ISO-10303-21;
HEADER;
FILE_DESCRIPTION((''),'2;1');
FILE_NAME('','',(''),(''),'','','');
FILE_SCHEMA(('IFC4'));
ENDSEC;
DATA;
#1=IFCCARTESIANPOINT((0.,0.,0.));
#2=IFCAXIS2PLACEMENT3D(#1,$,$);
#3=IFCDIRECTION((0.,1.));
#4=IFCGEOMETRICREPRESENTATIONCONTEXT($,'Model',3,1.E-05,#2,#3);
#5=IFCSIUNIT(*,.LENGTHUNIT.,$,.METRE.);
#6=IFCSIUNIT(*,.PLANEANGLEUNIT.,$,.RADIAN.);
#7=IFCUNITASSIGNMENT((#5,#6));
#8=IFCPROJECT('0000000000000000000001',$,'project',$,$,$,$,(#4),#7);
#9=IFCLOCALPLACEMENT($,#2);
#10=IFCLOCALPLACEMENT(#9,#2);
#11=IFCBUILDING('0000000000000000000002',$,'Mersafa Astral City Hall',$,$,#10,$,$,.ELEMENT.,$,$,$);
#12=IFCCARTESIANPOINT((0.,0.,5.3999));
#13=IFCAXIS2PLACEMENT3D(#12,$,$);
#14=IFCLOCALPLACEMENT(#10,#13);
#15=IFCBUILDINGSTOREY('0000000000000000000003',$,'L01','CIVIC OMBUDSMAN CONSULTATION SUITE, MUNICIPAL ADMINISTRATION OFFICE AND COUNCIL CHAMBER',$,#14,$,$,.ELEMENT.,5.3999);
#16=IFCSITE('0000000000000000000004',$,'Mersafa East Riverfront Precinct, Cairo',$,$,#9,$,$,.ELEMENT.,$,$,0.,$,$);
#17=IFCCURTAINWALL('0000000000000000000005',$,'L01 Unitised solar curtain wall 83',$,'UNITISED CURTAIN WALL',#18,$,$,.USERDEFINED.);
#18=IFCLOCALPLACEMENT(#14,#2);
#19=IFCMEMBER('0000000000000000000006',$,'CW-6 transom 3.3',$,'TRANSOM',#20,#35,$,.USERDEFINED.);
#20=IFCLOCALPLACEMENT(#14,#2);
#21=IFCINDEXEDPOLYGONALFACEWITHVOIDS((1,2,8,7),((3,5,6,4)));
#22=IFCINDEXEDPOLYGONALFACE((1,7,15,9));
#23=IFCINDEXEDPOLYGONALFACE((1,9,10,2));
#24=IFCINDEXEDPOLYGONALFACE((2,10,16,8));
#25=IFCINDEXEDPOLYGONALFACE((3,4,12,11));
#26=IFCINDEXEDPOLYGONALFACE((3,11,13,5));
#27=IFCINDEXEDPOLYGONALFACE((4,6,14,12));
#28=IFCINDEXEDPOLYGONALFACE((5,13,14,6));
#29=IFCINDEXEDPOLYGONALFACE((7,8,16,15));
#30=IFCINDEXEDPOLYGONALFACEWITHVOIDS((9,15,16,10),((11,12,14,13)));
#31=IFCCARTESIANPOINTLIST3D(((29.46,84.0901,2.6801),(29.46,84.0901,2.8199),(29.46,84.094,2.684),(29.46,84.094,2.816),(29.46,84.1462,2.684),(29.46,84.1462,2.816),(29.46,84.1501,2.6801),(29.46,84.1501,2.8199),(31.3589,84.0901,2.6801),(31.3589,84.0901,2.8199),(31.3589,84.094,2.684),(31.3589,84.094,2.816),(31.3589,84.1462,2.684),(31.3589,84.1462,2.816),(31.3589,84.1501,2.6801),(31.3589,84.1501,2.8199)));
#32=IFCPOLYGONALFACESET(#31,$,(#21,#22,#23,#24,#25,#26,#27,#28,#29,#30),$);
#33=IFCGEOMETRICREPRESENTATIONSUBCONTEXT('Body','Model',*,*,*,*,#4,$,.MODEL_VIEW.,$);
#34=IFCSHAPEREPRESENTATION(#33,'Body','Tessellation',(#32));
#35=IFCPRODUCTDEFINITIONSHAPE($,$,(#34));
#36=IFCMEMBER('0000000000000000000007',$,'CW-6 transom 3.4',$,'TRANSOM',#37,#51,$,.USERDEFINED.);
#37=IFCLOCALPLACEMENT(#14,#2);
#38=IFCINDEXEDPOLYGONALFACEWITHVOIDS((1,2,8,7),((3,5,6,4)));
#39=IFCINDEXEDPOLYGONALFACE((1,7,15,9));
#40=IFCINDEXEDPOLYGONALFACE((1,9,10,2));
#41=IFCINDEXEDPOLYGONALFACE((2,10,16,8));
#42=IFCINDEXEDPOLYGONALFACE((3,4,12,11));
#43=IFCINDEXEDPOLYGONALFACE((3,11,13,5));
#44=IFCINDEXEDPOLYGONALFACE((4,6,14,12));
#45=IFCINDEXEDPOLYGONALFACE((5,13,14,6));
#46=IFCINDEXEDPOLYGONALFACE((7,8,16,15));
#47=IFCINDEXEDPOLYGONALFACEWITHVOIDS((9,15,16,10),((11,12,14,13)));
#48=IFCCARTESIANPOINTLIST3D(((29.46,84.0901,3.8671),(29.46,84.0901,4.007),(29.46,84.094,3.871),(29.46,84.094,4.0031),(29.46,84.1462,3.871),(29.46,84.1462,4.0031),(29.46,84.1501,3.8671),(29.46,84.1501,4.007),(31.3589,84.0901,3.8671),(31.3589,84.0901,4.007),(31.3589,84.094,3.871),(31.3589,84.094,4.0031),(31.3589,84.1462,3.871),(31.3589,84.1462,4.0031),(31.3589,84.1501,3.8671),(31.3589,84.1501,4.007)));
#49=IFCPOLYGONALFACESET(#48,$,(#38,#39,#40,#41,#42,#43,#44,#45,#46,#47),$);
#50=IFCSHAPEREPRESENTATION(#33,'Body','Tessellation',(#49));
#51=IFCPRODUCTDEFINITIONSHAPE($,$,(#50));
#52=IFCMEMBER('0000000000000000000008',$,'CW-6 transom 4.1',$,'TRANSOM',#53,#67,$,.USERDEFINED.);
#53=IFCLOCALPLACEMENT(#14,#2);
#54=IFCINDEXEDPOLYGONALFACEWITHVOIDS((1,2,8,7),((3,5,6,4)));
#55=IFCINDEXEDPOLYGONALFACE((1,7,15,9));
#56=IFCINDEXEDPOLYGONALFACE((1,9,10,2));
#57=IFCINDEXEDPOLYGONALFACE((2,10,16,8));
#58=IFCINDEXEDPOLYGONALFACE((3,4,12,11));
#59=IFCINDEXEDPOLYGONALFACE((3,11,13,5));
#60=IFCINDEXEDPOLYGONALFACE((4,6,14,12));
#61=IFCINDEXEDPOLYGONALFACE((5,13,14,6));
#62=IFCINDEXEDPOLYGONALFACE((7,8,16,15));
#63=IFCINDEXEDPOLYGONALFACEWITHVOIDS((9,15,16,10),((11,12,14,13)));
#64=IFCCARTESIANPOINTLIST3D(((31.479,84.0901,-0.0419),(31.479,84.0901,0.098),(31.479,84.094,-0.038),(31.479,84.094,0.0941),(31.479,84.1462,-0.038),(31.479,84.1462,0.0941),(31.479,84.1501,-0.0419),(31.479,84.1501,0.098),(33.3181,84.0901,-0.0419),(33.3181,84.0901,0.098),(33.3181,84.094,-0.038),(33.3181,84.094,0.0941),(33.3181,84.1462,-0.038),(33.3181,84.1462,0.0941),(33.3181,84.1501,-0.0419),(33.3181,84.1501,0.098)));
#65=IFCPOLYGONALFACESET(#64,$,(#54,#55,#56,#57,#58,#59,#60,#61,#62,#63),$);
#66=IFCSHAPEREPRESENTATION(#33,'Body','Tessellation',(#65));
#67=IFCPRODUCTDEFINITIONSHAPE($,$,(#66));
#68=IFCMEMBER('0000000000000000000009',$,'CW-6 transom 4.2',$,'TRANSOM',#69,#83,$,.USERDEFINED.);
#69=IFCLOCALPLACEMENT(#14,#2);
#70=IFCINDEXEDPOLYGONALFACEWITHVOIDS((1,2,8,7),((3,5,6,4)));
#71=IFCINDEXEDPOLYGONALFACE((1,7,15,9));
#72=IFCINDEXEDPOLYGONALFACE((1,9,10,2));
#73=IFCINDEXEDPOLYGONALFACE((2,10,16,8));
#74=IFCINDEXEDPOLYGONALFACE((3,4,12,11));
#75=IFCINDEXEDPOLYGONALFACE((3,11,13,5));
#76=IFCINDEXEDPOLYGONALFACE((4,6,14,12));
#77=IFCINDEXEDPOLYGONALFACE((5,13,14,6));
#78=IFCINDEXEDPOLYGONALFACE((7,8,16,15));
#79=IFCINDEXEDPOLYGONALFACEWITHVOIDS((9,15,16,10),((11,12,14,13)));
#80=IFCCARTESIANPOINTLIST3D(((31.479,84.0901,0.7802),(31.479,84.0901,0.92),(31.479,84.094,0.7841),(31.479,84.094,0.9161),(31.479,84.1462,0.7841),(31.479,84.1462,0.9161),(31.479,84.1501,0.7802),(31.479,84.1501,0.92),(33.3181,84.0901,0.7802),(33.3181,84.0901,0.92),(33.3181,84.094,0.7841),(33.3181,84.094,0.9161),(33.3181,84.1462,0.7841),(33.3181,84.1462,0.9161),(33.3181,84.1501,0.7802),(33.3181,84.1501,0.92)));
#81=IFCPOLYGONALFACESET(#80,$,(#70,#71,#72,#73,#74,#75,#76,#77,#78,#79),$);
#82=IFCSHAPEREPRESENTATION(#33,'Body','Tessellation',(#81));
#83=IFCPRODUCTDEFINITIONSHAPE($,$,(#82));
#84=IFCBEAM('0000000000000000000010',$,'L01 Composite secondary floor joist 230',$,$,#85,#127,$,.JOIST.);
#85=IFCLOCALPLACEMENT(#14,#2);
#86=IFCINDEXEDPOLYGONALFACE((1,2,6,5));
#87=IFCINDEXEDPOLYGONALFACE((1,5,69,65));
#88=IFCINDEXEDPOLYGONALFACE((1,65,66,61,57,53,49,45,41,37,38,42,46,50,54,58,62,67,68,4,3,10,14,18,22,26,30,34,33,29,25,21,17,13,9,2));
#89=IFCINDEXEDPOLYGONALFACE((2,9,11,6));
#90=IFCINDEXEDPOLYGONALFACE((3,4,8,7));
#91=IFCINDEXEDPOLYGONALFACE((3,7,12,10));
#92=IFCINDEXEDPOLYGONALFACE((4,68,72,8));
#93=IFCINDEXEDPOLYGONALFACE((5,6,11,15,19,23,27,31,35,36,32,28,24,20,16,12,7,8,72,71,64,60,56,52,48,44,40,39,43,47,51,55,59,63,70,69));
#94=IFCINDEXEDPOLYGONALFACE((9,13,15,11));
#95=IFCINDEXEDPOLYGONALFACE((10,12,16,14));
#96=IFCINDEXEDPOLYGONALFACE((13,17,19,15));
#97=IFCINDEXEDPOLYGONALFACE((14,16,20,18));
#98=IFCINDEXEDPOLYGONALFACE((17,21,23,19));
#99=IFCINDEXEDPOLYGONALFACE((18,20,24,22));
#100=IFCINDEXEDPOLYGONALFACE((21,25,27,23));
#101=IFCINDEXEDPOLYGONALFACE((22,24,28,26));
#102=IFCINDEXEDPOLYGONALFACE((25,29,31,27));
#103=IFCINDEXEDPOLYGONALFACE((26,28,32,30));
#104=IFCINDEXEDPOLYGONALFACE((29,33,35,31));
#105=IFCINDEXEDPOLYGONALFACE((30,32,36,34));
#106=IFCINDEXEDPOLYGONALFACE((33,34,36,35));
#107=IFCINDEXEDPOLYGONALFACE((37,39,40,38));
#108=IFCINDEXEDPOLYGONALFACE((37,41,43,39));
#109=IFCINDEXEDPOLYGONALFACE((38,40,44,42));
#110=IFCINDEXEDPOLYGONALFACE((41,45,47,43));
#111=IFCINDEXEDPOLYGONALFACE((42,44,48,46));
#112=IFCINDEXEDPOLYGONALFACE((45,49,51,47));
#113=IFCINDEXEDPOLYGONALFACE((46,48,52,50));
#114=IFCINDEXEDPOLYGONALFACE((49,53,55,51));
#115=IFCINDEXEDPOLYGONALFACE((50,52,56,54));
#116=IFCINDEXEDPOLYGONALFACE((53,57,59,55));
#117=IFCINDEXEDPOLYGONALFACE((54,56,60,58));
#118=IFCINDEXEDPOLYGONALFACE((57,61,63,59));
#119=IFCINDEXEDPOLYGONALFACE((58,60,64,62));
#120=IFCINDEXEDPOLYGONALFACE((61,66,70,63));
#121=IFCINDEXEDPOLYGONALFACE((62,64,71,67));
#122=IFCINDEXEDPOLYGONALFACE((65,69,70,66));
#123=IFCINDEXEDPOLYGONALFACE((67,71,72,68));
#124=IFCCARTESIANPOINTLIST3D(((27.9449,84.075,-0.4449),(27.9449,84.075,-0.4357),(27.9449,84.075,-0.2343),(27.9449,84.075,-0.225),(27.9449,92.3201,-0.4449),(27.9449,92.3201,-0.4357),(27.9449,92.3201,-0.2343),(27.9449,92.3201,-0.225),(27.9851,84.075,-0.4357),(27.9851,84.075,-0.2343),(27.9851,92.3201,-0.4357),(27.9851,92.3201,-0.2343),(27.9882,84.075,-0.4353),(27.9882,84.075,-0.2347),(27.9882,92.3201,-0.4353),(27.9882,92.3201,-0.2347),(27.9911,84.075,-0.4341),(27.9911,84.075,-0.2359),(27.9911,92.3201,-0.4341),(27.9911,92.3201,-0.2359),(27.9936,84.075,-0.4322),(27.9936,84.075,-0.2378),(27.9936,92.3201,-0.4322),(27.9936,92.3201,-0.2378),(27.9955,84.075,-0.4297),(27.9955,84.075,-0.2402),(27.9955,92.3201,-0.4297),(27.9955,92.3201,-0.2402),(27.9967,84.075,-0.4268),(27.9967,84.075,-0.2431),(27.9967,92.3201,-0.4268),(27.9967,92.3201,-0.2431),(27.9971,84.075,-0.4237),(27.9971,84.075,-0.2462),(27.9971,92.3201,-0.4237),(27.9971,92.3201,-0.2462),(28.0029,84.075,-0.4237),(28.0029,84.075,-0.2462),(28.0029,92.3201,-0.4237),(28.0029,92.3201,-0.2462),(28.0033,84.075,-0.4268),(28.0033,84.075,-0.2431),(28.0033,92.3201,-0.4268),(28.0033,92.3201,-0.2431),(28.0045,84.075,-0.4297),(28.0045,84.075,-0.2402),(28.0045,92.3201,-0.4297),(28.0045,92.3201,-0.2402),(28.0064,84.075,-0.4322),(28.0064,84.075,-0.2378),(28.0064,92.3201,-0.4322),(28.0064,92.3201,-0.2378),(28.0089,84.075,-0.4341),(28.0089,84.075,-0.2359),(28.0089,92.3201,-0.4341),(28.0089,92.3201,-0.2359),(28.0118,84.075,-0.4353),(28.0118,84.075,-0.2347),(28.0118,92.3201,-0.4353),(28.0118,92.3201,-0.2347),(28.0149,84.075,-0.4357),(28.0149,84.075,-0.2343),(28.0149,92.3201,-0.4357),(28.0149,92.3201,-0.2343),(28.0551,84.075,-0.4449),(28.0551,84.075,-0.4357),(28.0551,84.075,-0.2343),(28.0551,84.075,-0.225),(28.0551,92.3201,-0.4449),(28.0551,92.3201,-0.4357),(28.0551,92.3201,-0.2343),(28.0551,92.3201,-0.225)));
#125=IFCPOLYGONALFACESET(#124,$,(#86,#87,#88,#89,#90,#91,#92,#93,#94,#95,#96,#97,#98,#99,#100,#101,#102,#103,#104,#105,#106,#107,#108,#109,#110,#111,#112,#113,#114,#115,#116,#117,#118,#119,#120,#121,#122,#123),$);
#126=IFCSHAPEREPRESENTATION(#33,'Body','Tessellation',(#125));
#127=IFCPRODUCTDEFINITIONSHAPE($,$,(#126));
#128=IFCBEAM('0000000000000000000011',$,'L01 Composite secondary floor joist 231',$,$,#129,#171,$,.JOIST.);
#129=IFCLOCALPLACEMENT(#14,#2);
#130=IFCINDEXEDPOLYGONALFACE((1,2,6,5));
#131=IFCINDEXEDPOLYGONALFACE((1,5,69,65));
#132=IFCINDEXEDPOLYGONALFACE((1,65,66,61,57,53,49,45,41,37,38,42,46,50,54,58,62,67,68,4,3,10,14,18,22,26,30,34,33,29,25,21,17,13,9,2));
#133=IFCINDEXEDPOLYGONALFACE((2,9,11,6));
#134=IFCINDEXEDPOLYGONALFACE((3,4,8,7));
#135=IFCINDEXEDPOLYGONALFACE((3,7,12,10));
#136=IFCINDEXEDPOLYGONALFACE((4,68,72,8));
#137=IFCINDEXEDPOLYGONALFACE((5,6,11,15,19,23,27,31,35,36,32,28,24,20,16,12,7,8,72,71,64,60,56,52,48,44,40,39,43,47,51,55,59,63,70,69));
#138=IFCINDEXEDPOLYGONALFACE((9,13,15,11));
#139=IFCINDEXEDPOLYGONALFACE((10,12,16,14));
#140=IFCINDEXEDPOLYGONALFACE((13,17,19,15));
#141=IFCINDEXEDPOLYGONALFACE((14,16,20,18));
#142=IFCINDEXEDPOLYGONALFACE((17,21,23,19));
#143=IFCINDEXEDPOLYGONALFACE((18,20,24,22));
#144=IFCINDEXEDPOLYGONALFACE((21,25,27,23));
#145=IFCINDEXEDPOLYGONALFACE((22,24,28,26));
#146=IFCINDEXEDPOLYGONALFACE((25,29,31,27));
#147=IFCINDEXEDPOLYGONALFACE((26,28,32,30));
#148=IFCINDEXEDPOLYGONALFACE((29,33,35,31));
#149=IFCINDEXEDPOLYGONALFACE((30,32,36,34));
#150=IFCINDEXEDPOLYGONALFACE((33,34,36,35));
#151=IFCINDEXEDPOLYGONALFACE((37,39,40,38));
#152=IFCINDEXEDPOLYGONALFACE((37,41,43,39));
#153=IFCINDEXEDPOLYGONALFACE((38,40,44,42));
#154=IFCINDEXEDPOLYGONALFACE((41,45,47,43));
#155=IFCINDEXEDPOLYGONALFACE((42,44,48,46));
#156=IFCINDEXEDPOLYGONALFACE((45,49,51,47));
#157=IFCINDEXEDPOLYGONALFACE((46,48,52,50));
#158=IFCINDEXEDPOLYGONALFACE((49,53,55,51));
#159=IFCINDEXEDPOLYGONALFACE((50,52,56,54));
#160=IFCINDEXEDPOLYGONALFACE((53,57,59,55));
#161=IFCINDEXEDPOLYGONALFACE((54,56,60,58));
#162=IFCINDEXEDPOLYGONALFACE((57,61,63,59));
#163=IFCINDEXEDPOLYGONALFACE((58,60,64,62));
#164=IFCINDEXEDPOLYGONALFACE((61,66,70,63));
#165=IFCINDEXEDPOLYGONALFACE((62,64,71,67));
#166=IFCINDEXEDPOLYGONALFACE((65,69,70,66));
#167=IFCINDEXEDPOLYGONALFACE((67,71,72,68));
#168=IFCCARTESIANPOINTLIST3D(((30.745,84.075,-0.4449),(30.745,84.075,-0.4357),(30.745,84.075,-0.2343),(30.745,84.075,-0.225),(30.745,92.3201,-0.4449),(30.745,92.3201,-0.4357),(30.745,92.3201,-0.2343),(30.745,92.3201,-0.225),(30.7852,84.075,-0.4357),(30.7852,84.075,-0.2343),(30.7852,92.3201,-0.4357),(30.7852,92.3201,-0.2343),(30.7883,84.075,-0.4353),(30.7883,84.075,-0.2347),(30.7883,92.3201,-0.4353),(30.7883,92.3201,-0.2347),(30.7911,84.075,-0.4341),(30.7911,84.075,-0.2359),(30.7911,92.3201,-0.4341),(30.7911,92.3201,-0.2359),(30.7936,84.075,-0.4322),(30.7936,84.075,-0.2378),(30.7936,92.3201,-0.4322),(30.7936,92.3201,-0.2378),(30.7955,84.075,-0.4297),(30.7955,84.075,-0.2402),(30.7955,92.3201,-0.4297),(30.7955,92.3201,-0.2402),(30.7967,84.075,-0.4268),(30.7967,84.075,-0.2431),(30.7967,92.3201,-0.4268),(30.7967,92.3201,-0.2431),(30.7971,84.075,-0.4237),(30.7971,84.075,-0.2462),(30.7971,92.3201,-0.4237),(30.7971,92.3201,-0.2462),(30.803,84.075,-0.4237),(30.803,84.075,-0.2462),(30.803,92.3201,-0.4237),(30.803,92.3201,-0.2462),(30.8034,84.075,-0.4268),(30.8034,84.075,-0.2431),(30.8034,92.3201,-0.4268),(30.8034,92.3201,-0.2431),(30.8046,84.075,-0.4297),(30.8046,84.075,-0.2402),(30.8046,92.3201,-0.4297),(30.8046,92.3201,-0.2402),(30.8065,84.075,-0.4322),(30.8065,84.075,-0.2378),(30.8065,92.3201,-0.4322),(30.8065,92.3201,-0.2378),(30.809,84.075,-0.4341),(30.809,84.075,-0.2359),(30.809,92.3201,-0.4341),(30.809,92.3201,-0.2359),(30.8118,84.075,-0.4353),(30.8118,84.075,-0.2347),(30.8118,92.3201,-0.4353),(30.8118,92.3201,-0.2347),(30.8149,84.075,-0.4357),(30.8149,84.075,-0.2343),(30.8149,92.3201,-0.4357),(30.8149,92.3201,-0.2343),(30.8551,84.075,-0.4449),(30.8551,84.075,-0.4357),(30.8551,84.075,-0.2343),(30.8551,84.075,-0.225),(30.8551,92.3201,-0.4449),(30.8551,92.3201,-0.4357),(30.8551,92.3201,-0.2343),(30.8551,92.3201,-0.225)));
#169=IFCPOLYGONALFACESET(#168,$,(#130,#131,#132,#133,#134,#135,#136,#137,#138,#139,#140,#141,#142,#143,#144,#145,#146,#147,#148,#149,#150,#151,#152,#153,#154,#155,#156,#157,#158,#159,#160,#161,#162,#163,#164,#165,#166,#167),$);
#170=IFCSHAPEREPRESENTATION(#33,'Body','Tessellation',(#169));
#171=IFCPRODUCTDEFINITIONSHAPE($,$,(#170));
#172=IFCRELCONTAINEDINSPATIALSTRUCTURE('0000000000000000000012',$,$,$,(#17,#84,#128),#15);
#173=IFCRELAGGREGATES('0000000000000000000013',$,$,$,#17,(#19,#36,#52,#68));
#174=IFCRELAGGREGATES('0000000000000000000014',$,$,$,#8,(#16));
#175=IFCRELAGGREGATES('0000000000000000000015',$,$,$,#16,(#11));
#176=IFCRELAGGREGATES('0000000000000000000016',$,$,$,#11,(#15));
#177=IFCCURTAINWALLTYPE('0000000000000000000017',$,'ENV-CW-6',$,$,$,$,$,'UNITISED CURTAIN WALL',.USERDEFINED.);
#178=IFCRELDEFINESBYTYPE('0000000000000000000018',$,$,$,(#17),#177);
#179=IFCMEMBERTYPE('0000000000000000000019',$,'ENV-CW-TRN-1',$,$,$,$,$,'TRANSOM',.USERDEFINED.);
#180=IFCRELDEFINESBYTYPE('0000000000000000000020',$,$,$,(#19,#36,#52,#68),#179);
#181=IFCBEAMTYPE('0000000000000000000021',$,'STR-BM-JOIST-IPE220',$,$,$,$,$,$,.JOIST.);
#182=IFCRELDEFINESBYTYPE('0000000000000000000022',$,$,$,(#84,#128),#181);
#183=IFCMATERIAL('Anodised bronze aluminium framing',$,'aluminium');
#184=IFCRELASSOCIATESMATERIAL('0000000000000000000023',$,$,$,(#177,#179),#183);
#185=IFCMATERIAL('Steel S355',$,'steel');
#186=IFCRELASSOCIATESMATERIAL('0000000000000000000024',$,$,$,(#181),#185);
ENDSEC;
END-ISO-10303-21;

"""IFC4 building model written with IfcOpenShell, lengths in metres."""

from ifc_helpers import new_model, si_unit, direction, frame, origin, origin_2d, place, context, subcontext, project, spatial, hollow_rectangle, i_section, extrude, material, material_profile, profile_set, type_object, element, aggregate, save


model = new_model("IFC4")

# Units and contexts
model_context = context("Model", 3, precision=1e-05, world=origin(), true_north=direction((0.0, 1.0)))
body_context = subcontext(model_context, "Body", "Model", "MODEL_VIEW")
ifc_project = project(units=[si_unit("LENGTHUNIT", "METRE"), si_unit("PLANEANGLEUNIT", "RADIAN")], contexts=[model_context])

# Site, building, storey
site_placement = place(None, origin())
site = spatial("IfcSite", under=ifc_project, at=site_placement, Name="Mersafa East Riverfront Precinct, Cairo", CompositionType="ELEMENT", RefElevation=0.0)
building_placement = place(site_placement, origin())
building = spatial("IfcBuilding", under=site, at=building_placement, Name="Mersafa Astral City Hall", CompositionType="ELEMENT")
storey_placement = place(building_placement, frame((0.0, 0.0, 5.3999)))
storey = spatial("IfcBuildingStorey", under=building, at=storey_placement, Name="L01", Description="CIVIC OMBUDSMAN CONSULTATION SUITE, MUNICIPAL ADMINISTRATION OFFICE AND COUNCIL CHAMBER", CompositionType="ELEMENT", Elevation=5.3999)

# Shared definitions
ifc_material_1 = material(Name="Steel S355", Category="steel")

# Curtain wall, members
ifc_material_2 = material(Name="Anodised bronze aluminium framing", Category="aluminium")
curtain_wall_type = type_object("IfcCurtainWallType", Name="ENV-CW-6", ElementType="UNITISED CURTAIN WALL", PredefinedType="USERDEFINED", material=ifc_material_2)
curtain_wall_placement = place(storey_placement, origin())
curtain_wall = element("IfcCurtainWall", 1, at=curtain_wall_placement, inside=storey, type_object=curtain_wall_type, Name="L01 Unitised solar curtain wall 83", ObjectType="UNITISED CURTAIN WALL", PredefinedType="USERDEFINED")
ifc_material_profile_1 = material_profile(ifc_material_2, hollow_rectangle(XDim=0.0601, YDim=0.1399, WallThickness=0.0039, at=origin_2d()), Name="RHS 60x140x4")
ifc_profile_set_1 = profile_set([ifc_material_profile_1], Name="Anodised bronze aluminium framing")
member_type_1 = type_object("IfcMemberType", Name="ENV-CW-TRN-1", ElementType="TRANSOM", PredefinedType="USERDEFINED", material=ifc_profile_set_1)
member_1_placement = place(storey_placement, frame((29.46, 84.1201, 2.75), z_axis=(1.0, 0.0, 0.0), x_axis=(0.0, 1.0, 0.0)))
member_1 = element("IfcMember", 2, at=member_1_placement, type_object=member_type_1, Name="CW-6 transom 3.3", ObjectType="TRANSOM", PredefinedType="USERDEFINED", context=body_context, shape_type="SweptSolid", body=[
    extrude(hollow_rectangle(XDim=0.0601, YDim=0.1399, WallThickness=0.0039, at=origin_2d()), origin(), (0.0, 0.0, 1.0), 1.8989),
])
member_2_placement = place(storey_placement, frame((29.46, 84.1201, 3.937), z_axis=(1.0, 0.0, 0.0), x_axis=(0.0, 1.0, 0.0)))
member_2 = element("IfcMember", 3, at=member_2_placement, type_object=member_type_1, Name="CW-6 transom 3.4", ObjectType="TRANSOM", PredefinedType="USERDEFINED", context=body_context, shape_type="SweptSolid", body=[
    extrude(hollow_rectangle(XDim=0.0601, YDim=0.1399, WallThickness=0.0039, at=origin_2d()), origin(), (0.0, 0.0, 1.0), 1.8989),
])
member_3_placement = place(storey_placement, frame((31.479, 84.1201, 0.0281), z_axis=(1.0, 0.0, 0.0), x_axis=(0.0, 1.0, 0.0)))
member_3 = element("IfcMember", 4, at=member_3_placement, type_object=member_type_1, Name="CW-6 transom 4.1", ObjectType="TRANSOM", PredefinedType="USERDEFINED", context=body_context, shape_type="SweptSolid", body=[
    extrude(hollow_rectangle(XDim=0.0601, YDim=0.1399, WallThickness=0.0039, at=origin_2d()), origin(), (0.0, 0.0, 1.0), 1.8391),
])
member_4_placement = place(storey_placement, frame((31.479, 84.1201, 0.8501), z_axis=(1.0, 0.0, 0.0), x_axis=(0.0, 1.0, 0.0)))
member_4 = element("IfcMember", 5, at=member_4_placement, type_object=member_type_1, Name="CW-6 transom 4.2", ObjectType="TRANSOM", PredefinedType="USERDEFINED", context=body_context, shape_type="SweptSolid", body=[
    extrude(hollow_rectangle(XDim=0.0601, YDim=0.1399, WallThickness=0.0039, at=origin_2d()), origin(), (0.0, 0.0, 1.0), 1.8391),
])

# Beams
ifc_material_profile_2 = material_profile(ifc_material_1, i_section(OverallWidth=0.1101, OverallDepth=0.22, WebThickness=0.0059, FlangeThickness=0.0093, FilletRadius=0.012, at=origin_2d()), Name="IPE 220")
ifc_profile_set_2 = profile_set([ifc_material_profile_2], Name="Steel S355")
beam_type_1 = type_object("IfcBeamType", Name="STR-BM-JOIST-IPE220", PredefinedType="JOIST", material=ifc_profile_set_2)
for number, where, z_axis, x_axis, name in (
    (6, (28.0, 84.075, -0.335), (0.0, 1.0, 0.0), (-1.0, 0.0, 0.0), "L01 Composite secondary floor joist 230"),
    (7, (30.8, 84.075, -0.335), (0.0, 1.0, 0.0), (-1.0, 0.0, 0.0), "L01 Composite secondary floor joist 231"),
):
    element("IfcBeam", number, at=place(storey_placement, frame(where, z_axis=z_axis, x_axis=x_axis)), inside=storey, type_object=beam_type_1, Name=name, PredefinedType="JOIST", context=body_context, shape_type="SweptSolid", body=[
        extrude(i_section(OverallWidth=0.1101, OverallDepth=0.22, WebThickness=0.0059, FlangeThickness=0.0093, FilletRadius=0.012, at=origin_2d()), origin(), (0.0, 0.0, 1.0), 8.2451),
    ])

aggregate(curtain_wall, [member_1, member_2, member_3, member_4])

save(model, "model.ifc")
